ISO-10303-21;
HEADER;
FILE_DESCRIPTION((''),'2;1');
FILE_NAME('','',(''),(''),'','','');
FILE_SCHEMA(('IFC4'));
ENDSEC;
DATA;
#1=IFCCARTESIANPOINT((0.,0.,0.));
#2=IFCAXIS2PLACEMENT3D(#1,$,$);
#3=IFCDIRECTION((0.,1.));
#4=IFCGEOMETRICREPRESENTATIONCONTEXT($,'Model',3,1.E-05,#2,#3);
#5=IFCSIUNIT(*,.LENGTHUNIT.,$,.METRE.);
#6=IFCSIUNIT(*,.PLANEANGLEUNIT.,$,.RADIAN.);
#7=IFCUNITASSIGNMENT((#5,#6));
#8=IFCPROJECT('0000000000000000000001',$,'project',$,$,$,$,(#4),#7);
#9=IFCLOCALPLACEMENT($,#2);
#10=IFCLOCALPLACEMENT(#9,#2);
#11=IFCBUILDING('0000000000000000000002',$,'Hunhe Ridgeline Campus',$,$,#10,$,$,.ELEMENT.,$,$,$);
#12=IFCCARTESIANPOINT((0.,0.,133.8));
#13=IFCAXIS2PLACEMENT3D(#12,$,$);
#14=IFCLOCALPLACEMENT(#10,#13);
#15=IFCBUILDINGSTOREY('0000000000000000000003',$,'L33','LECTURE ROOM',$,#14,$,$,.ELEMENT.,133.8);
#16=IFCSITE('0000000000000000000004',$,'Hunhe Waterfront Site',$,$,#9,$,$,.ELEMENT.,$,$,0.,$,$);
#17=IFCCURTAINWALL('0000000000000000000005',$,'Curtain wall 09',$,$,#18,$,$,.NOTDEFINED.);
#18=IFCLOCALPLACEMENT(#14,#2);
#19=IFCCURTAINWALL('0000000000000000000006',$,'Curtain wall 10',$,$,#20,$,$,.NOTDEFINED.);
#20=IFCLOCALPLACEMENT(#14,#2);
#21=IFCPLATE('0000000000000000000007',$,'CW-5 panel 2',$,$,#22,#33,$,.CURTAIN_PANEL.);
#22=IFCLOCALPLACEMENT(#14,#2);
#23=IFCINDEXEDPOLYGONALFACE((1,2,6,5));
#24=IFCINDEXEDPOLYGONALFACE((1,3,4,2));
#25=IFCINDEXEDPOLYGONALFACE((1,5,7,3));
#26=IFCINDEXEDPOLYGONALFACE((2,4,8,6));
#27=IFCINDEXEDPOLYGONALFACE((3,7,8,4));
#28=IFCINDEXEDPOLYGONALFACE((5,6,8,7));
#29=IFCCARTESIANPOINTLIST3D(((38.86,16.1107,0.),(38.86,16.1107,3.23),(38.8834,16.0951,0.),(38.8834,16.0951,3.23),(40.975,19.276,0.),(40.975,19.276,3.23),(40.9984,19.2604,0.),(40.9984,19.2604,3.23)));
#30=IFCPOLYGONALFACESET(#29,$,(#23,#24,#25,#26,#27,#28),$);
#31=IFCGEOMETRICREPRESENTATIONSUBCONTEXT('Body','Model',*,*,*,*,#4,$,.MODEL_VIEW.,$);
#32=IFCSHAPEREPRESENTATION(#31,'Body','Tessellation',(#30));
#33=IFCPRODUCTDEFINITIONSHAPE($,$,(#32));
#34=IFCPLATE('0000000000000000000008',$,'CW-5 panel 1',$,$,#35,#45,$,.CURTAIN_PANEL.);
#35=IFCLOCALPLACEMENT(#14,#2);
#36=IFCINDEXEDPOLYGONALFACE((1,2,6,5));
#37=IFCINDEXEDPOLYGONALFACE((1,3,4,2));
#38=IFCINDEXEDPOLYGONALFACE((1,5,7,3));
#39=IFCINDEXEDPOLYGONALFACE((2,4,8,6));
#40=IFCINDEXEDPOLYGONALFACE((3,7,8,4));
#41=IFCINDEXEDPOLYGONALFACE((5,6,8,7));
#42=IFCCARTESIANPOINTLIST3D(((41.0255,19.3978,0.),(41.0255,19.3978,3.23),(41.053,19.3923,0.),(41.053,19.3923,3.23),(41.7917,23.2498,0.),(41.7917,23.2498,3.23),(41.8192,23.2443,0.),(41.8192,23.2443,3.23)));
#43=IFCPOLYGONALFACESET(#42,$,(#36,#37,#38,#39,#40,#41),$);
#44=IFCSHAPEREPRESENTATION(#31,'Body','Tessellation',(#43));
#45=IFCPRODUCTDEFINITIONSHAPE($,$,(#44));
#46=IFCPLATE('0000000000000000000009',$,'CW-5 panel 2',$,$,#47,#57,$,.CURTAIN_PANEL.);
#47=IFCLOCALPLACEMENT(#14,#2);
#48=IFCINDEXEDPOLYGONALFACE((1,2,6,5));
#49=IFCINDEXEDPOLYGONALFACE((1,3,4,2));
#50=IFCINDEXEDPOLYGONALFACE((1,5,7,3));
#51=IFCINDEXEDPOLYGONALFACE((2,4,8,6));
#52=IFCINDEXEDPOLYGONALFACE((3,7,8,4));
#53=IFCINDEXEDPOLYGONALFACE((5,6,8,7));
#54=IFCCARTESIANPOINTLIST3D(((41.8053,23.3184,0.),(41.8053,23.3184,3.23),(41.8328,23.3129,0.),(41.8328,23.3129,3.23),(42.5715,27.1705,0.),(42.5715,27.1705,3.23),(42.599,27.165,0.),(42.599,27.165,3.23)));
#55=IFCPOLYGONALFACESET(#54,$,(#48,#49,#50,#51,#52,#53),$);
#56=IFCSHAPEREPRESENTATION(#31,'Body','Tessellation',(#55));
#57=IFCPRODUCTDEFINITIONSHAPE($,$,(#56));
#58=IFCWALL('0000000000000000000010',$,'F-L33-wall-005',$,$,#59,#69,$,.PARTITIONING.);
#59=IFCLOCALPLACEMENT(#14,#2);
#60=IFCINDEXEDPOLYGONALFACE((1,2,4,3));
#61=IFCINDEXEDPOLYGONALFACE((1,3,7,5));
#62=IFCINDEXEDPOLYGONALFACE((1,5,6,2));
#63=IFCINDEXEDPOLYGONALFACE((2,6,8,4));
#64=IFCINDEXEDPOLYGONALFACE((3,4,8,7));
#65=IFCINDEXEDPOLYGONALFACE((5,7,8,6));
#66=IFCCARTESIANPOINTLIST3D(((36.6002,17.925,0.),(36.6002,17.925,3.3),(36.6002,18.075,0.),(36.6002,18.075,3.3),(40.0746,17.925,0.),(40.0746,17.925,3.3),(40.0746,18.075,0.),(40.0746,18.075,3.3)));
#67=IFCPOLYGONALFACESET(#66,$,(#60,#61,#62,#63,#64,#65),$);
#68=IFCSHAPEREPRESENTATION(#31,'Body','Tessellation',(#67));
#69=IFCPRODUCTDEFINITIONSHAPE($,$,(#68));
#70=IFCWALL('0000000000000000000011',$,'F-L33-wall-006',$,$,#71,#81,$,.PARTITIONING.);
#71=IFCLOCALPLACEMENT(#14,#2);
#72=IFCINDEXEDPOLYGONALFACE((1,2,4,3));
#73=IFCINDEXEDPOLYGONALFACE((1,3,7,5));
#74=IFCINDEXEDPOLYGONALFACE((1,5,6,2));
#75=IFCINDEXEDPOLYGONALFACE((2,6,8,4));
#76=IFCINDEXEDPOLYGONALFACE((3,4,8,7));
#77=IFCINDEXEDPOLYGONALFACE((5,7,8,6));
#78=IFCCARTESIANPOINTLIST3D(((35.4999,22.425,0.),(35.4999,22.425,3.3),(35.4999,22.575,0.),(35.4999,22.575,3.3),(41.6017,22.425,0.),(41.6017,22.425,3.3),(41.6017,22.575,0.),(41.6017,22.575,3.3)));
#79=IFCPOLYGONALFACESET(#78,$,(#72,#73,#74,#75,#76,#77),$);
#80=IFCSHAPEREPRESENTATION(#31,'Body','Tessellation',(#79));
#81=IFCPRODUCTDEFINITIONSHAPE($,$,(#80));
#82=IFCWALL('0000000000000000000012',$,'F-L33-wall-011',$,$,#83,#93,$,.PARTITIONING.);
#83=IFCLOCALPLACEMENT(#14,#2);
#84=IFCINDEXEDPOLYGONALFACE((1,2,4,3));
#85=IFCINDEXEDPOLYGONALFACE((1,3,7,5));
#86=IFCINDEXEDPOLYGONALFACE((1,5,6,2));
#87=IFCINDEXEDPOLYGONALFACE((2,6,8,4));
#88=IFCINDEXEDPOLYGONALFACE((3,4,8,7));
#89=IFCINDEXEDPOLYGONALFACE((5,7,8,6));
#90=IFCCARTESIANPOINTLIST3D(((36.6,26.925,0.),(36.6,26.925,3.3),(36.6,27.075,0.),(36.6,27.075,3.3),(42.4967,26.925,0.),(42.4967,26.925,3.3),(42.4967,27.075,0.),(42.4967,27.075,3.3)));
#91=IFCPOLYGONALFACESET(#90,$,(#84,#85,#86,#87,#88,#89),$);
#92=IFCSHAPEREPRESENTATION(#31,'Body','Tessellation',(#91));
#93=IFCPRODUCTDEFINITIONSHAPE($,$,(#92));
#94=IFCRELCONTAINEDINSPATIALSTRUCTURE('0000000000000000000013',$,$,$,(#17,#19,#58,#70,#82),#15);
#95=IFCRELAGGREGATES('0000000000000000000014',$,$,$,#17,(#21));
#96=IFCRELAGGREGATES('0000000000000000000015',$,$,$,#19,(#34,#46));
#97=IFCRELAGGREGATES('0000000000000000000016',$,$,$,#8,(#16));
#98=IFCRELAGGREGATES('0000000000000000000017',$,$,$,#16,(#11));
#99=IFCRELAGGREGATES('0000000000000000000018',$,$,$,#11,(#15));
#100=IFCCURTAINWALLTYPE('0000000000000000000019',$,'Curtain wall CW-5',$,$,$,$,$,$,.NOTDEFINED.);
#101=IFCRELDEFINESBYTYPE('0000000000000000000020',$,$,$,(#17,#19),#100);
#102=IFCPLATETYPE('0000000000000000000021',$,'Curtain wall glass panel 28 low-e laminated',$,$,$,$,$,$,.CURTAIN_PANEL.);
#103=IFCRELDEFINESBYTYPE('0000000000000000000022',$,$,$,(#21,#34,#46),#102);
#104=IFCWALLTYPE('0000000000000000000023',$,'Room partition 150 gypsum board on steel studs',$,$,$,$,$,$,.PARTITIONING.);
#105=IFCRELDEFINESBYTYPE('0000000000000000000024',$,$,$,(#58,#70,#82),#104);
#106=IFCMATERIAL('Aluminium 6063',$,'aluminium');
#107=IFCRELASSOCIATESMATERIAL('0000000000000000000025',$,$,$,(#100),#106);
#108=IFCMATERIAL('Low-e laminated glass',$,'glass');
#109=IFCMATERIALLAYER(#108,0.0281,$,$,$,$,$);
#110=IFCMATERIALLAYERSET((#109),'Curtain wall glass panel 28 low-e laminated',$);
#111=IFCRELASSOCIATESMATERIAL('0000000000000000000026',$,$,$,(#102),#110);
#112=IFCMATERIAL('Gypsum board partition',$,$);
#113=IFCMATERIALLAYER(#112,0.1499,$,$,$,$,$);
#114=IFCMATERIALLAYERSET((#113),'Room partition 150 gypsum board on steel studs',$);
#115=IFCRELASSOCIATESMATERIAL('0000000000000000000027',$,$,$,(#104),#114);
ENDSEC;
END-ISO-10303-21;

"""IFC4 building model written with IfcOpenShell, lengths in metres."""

from ifc_helpers import new_model, si_unit, direction, frame, frame_2d, origin, origin_2d, place, context, subcontext, project, spatial, rectangle, extrude, material, layer, layer_set, type_object, element, aggregate, save


model = new_model("IFC4")

# Units and contexts
model_context = context("Model", 3, precision=1e-05, world=origin(), true_north=direction((0.0, 1.0)))
body_context = subcontext(model_context, "Body", "Model", "MODEL_VIEW")
ifc_project = project(units=[si_unit("LENGTHUNIT", "METRE"), si_unit("PLANEANGLEUNIT", "RADIAN")], contexts=[model_context])

# Site, building, storey
site_placement = place(None, origin())
site = spatial("IfcSite", under=ifc_project, at=site_placement, Name="Hunhe Waterfront Site", CompositionType="ELEMENT", RefElevation=0.0)
building_placement = place(site_placement, origin())
building = spatial("IfcBuilding", under=site, at=building_placement, Name="Hunhe Ridgeline Campus", CompositionType="ELEMENT")
storey_placement = place(building_placement, frame((0.0, 0.0, 133.8)))
storey = spatial("IfcBuildingStorey", under=building, at=storey_placement, Name="L33", Description="LECTURE ROOM", CompositionType="ELEMENT", Elevation=133.8)

# Shared definitions
ifc_material_1 = material(Name="Aluminium 6063", Category="aluminium")
curtain_wall_type = type_object("IfcCurtainWallType", Name="Curtain wall CW-5", PredefinedType="NOTDEFINED", material=ifc_material_1)

# Curtain walls
curtain_wall_1_placement = place(storey_placement, origin())
curtain_wall_1 = element("IfcCurtainWall", 1, at=curtain_wall_1_placement, inside=storey, type_object=curtain_wall_type, Name="Curtain wall 09", PredefinedType="NOTDEFINED")
curtain_wall_2_placement = place(storey_placement, origin())
curtain_wall_2 = element("IfcCurtainWall", 2, at=curtain_wall_2_placement, inside=storey, type_object=curtain_wall_type, Name="Curtain wall 10", PredefinedType="NOTDEFINED")

# Plates
ifc_material_2 = material(Name="Low-e laminated glass", Category="glass")
ifc_layer_1 = layer(ifc_material_2, 0.0281)
ifc_layer_set_1 = layer_set([ifc_layer_1], Name="Curtain wall glass panel 28 low-e laminated")
plate_type = type_object("IfcPlateType", Name="Curtain wall glass panel 28 low-e laminated", PredefinedType="CURTAIN_PANEL", material=ifc_layer_set_1)
plate_1_placement = place(storey_placement, frame((39.9292, 17.6855, 0.0), z_axis=(0.0, 0.0, 1.0), x_axis=(0.55557, 0.83147, 0.0)))
plate_1 = element("IfcPlate", 3, at=plate_1_placement, type_object=plate_type, Name="CW-5 panel 2", PredefinedType="CURTAIN_PANEL", context=body_context, shape_type="SweptSolid", body=[
    extrude(rectangle(XDim=3.8069, YDim=0.0281, at=origin_2d()), origin(), (0.0, 0.0, 1.0), 3.23),
])
aggregate(curtain_wall_1, [plate_1])
plate_2_placement = place(storey_placement, frame((41.4224, 21.321, 0.0), z_axis=(0.0, 0.0, 1.0), x_axis=(0.19509, 0.980785, 0.0)))
plate_2 = element("IfcPlate", 4, at=plate_2_placement, type_object=plate_type, Name="CW-5 panel 1", PredefinedType="CURTAIN_PANEL", context=body_context, shape_type="SweptSolid", body=[
    extrude(rectangle(XDim=3.9275, YDim=0.0281, at=origin_2d()), origin(), (0.0, 0.0, 1.0), 3.23),
])
plate_3_placement = place(storey_placement, frame((42.2021, 25.2417, 0.0), z_axis=(0.0, 0.0, 1.0), x_axis=(0.19509, 0.980785, 0.0)))
plate_3 = element("IfcPlate", 5, at=plate_3_placement, type_object=plate_type, Name="CW-5 panel 2", PredefinedType="CURTAIN_PANEL", context=body_context, shape_type="SweptSolid", body=[
    extrude(rectangle(XDim=3.9275, YDim=0.0281, at=origin_2d()), origin(), (0.0, 0.0, 1.0), 3.23),
])
aggregate(curtain_wall_2, [plate_2, plate_3])

# Shared definitions
ifc_material_3 = material(Name="Gypsum board partition")

# Walls
ifc_layer_2 = layer(ifc_material_3, 0.1499)
ifc_layer_set_2 = layer_set([ifc_layer_2], Name="Room partition 150 gypsum board on steel studs")
wall_type_1 = type_object("IfcWallType", Name="Room partition 150 gypsum board on steel studs", PredefinedType="PARTITIONING", material=ifc_layer_set_2)
wall_1_placement = place(storey_placement, frame((36.6001, 18.0, 0.0), z_axis=(0.0, 0.0, 1.0), x_axis=(1.0, 0.0, 0.0)))
element("IfcWall", 6, at=wall_1_placement, inside=storey, type_object=wall_type_1, Name="F-L33-wall-005", PredefinedType="PARTITIONING", context=body_context, shape_type="SweptSolid", body=[
    extrude(rectangle(XDim=3.4744, YDim=0.1499, at=frame_2d((1.7373, 0.0))), origin(), (0.0, 0.0, 1.0), 3.3),
])
wall_2_placement = place(storey_placement, frame((35.5, 22.5, 0.0), z_axis=(0.0, 0.0, 1.0), x_axis=(1.0, 0.0, 0.0)))
element("IfcWall", 7, at=wall_2_placement, inside=storey, type_object=wall_type_1, Name="F-L33-wall-006", PredefinedType="PARTITIONING", context=body_context, shape_type="SweptSolid", body=[
    extrude(rectangle(XDim=6.1018, YDim=0.1499, at=frame_2d((3.0508, 0.0))), origin(), (0.0, 0.0, 1.0), 3.3),
])
wall_3_placement = place(storey_placement, frame((36.6001, 27.0, 0.0), z_axis=(0.0, 0.0, 1.0), x_axis=(1.0, 0.0, 0.0)))
element("IfcWall", 8, at=wall_3_placement, inside=storey, type_object=wall_type_1, Name="F-L33-wall-011", PredefinedType="PARTITIONING", context=body_context, shape_type="SweptSolid", body=[
    extrude(rectangle(XDim=5.8967, YDim=0.1499, at=frame_2d((2.9482, 0.0))), origin(), (0.0, 0.0, 1.0), 3.3),
])

save(model, "model.ifc")
